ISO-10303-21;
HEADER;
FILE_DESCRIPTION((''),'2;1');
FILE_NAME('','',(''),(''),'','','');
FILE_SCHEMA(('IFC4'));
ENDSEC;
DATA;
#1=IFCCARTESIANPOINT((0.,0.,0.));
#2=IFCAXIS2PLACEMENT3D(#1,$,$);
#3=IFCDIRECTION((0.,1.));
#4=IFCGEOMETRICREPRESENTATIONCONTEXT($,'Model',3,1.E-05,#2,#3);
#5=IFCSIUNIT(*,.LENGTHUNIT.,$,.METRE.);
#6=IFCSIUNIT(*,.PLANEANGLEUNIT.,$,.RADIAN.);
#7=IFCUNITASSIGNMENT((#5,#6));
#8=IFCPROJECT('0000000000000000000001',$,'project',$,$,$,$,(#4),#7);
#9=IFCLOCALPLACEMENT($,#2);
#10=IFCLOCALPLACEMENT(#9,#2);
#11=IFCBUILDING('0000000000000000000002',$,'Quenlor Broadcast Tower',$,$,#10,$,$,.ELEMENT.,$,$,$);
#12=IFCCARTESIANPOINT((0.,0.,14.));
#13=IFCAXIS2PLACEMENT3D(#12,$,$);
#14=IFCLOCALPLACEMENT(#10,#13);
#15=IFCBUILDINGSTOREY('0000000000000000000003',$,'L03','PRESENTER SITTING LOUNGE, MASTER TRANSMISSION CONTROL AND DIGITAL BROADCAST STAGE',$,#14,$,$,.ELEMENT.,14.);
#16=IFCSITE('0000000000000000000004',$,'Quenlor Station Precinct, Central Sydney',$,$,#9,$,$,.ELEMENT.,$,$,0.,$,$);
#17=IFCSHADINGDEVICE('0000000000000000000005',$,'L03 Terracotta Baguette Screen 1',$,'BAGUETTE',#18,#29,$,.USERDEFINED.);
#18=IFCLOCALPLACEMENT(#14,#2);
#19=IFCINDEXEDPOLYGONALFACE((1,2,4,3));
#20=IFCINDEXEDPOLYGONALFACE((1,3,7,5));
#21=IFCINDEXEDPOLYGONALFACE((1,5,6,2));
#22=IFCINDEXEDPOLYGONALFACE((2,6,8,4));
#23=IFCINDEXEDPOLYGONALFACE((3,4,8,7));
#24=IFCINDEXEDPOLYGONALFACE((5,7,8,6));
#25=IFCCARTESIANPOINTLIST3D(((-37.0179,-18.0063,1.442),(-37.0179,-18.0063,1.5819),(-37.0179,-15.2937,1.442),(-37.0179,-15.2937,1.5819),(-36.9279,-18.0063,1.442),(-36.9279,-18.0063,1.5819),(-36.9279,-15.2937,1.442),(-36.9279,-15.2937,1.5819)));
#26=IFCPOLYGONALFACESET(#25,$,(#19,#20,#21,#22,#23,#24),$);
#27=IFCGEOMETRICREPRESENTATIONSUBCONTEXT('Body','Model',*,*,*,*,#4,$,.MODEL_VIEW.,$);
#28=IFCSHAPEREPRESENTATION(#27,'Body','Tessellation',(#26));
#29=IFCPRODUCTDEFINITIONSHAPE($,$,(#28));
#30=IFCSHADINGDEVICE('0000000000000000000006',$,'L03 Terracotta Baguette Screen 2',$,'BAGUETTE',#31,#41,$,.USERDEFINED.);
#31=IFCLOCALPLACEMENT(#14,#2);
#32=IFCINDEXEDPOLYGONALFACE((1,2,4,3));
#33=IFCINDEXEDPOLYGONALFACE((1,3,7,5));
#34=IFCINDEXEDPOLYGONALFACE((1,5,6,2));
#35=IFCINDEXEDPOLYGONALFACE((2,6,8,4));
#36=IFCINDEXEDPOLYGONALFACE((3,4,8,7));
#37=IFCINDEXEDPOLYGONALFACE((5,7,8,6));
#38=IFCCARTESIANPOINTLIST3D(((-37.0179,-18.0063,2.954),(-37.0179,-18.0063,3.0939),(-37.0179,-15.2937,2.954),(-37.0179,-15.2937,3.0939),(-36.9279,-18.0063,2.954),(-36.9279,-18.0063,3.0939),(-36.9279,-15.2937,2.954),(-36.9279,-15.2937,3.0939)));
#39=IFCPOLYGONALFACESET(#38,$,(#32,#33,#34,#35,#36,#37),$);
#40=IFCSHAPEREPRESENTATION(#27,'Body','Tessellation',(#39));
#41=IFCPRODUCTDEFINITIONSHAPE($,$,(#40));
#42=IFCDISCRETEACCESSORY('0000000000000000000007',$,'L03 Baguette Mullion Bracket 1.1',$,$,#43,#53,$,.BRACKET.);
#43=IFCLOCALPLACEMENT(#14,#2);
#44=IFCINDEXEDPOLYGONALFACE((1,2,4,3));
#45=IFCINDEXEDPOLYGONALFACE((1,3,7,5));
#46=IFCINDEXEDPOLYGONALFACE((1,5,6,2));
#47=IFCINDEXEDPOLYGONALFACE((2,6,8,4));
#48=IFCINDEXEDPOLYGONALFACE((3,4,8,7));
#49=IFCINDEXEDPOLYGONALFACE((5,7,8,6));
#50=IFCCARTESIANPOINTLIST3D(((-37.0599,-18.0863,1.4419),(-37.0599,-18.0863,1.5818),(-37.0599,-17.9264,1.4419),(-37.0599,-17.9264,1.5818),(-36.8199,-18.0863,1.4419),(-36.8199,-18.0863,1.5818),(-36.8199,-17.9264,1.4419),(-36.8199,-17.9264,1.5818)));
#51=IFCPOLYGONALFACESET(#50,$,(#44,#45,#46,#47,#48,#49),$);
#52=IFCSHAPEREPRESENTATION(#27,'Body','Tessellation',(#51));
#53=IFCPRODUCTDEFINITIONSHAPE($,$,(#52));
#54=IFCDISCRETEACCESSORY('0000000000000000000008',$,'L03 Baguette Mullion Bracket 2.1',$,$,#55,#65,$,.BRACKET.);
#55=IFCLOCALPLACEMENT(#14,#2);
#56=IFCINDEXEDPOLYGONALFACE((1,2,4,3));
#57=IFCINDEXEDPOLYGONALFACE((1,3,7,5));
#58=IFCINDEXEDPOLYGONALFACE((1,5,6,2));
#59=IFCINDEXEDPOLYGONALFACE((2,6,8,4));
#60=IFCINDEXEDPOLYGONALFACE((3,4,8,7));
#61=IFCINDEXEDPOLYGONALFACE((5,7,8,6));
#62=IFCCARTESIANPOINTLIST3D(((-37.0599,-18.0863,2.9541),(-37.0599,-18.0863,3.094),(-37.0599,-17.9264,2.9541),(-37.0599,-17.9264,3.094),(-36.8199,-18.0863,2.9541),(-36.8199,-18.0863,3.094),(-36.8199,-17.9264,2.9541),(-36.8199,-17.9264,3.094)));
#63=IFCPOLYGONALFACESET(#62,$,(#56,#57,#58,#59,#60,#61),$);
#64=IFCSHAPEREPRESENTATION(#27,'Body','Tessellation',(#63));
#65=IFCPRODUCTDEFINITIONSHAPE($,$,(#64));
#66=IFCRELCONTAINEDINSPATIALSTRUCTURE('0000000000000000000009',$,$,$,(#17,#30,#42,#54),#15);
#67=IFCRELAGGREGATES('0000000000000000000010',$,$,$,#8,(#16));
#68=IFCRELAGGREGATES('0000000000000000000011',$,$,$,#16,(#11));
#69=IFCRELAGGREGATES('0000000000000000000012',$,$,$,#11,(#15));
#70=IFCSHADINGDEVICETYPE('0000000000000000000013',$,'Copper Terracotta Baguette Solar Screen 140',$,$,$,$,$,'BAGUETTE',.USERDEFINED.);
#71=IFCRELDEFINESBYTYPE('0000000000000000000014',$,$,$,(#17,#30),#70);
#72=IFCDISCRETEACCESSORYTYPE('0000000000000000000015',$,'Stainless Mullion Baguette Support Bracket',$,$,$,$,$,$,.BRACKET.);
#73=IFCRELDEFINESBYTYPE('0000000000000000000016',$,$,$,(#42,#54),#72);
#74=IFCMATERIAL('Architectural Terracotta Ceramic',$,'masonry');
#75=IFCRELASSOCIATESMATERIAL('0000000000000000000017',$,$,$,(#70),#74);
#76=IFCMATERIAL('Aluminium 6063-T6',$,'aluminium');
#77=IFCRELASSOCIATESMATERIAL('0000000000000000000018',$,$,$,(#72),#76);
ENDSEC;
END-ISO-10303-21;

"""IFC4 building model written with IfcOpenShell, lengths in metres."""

from ifc_helpers import new_model, si_unit, direction, frame, origin, origin_2d, place, context, subcontext, project, spatial, rectangle, extrude, material, material_profile, profile_set, type_object, element, save


model = new_model("IFC4")

# Units and contexts
model_context = context("Model", 3, precision=1e-05, world=origin(), true_north=direction((0.0, 1.0)))
body_context = subcontext(model_context, "Body", "Model", "MODEL_VIEW")
ifc_project = project(units=[si_unit("LENGTHUNIT", "METRE"), si_unit("PLANEANGLEUNIT", "RADIAN")], contexts=[model_context])

# Site, building, storey
site_placement = place(None, origin())
site = spatial("IfcSite", under=ifc_project, at=site_placement, Name="Quenlor Station Precinct, Central Sydney", CompositionType="ELEMENT", RefElevation=0.0)
building_placement = place(site_placement, origin())
building = spatial("IfcBuilding", under=site, at=building_placement, Name="Quenlor Broadcast Tower", CompositionType="ELEMENT")
storey_placement = place(building_placement, frame((0.0, 0.0, 14.0)))
storey = spatial("IfcBuildingStorey", under=building, at=storey_placement, Name="L03", Description="PRESENTER SITTING LOUNGE, MASTER TRANSMISSION CONTROL AND DIGITAL BROADCAST STAGE", CompositionType="ELEMENT", Elevation=14.0)

# Shading devices
ifc_material_1 = material(Name="Architectural Terracotta Ceramic", Category="masonry")
ifc_material_profile_1 = material_profile(ifc_material_1, rectangle(XDim=0.0901, YDim=0.1399, at=origin_2d()))
ifc_profile_set_1 = profile_set([ifc_material_profile_1], Name="Architectural Terracotta Ceramic BAG90x140")
shading_device_type = type_object("IfcShadingDeviceType", Name="Copper Terracotta Baguette Solar Screen 140", ElementType="BAGUETTE", PredefinedType="USERDEFINED", material=ifc_profile_set_1)
for number, where, z_axis, x_axis, name in (
    (1, (-36.9729, -18.0063, 1.512), (0.0, 1.0, 0.0), (-1.0, 0.0, 0.0), "L03 Terracotta Baguette Screen 1"),
    (2, (-36.9729, -18.0063, 3.0239), (0.0, 1.0, 0.0), (-1.0, 0.0, 0.0), "L03 Terracotta Baguette Screen 2"),
):
    element("IfcShadingDevice", number, at=place(storey_placement, frame(where, z_axis=z_axis, x_axis=x_axis)), inside=storey, type_object=shading_device_type, Name=name, ObjectType="BAGUETTE", PredefinedType="USERDEFINED", context=body_context, shape_type="SweptSolid", body=[
        extrude(rectangle(XDim=0.0901, YDim=0.1399, at=origin_2d()), origin(), (0.0, 0.0, 1.0), 2.7126),
    ])

# Discrete accessories
ifc_material_2 = material(Name="Aluminium 6063-T6", Category="aluminium")
discrete_accessory_type = type_object("IfcDiscreteAccessoryType", Name="Stainless Mullion Baguette Support Bracket", PredefinedType="BRACKET", material=ifc_material_2)
for number, where, z_axis, x_axis, name in (
    (3, (-36.9399, -18.0063, 1.4419), (0.0, 0.0, 1.0), (0.0, 1.0, 0.0), "L03 Baguette Mullion Bracket 1.1"),
    (4, (-36.9399, -18.0063, 2.9541), (0.0, 0.0, 1.0), (0.0, 1.0, 0.0), "L03 Baguette Mullion Bracket 2.1"),
):
    element("IfcDiscreteAccessory", number, at=place(storey_placement, frame(where, z_axis=z_axis, x_axis=x_axis)), inside=storey, type_object=discrete_accessory_type, Name=name, PredefinedType="BRACKET", context=body_context, shape_type="SweptSolid", body=[
        extrude(rectangle(XDim=0.1599, YDim=0.24, at=origin_2d()), origin(), (0.0, 0.0, 1.0), 0.1399),
    ])

save(model, "model.ifc")
